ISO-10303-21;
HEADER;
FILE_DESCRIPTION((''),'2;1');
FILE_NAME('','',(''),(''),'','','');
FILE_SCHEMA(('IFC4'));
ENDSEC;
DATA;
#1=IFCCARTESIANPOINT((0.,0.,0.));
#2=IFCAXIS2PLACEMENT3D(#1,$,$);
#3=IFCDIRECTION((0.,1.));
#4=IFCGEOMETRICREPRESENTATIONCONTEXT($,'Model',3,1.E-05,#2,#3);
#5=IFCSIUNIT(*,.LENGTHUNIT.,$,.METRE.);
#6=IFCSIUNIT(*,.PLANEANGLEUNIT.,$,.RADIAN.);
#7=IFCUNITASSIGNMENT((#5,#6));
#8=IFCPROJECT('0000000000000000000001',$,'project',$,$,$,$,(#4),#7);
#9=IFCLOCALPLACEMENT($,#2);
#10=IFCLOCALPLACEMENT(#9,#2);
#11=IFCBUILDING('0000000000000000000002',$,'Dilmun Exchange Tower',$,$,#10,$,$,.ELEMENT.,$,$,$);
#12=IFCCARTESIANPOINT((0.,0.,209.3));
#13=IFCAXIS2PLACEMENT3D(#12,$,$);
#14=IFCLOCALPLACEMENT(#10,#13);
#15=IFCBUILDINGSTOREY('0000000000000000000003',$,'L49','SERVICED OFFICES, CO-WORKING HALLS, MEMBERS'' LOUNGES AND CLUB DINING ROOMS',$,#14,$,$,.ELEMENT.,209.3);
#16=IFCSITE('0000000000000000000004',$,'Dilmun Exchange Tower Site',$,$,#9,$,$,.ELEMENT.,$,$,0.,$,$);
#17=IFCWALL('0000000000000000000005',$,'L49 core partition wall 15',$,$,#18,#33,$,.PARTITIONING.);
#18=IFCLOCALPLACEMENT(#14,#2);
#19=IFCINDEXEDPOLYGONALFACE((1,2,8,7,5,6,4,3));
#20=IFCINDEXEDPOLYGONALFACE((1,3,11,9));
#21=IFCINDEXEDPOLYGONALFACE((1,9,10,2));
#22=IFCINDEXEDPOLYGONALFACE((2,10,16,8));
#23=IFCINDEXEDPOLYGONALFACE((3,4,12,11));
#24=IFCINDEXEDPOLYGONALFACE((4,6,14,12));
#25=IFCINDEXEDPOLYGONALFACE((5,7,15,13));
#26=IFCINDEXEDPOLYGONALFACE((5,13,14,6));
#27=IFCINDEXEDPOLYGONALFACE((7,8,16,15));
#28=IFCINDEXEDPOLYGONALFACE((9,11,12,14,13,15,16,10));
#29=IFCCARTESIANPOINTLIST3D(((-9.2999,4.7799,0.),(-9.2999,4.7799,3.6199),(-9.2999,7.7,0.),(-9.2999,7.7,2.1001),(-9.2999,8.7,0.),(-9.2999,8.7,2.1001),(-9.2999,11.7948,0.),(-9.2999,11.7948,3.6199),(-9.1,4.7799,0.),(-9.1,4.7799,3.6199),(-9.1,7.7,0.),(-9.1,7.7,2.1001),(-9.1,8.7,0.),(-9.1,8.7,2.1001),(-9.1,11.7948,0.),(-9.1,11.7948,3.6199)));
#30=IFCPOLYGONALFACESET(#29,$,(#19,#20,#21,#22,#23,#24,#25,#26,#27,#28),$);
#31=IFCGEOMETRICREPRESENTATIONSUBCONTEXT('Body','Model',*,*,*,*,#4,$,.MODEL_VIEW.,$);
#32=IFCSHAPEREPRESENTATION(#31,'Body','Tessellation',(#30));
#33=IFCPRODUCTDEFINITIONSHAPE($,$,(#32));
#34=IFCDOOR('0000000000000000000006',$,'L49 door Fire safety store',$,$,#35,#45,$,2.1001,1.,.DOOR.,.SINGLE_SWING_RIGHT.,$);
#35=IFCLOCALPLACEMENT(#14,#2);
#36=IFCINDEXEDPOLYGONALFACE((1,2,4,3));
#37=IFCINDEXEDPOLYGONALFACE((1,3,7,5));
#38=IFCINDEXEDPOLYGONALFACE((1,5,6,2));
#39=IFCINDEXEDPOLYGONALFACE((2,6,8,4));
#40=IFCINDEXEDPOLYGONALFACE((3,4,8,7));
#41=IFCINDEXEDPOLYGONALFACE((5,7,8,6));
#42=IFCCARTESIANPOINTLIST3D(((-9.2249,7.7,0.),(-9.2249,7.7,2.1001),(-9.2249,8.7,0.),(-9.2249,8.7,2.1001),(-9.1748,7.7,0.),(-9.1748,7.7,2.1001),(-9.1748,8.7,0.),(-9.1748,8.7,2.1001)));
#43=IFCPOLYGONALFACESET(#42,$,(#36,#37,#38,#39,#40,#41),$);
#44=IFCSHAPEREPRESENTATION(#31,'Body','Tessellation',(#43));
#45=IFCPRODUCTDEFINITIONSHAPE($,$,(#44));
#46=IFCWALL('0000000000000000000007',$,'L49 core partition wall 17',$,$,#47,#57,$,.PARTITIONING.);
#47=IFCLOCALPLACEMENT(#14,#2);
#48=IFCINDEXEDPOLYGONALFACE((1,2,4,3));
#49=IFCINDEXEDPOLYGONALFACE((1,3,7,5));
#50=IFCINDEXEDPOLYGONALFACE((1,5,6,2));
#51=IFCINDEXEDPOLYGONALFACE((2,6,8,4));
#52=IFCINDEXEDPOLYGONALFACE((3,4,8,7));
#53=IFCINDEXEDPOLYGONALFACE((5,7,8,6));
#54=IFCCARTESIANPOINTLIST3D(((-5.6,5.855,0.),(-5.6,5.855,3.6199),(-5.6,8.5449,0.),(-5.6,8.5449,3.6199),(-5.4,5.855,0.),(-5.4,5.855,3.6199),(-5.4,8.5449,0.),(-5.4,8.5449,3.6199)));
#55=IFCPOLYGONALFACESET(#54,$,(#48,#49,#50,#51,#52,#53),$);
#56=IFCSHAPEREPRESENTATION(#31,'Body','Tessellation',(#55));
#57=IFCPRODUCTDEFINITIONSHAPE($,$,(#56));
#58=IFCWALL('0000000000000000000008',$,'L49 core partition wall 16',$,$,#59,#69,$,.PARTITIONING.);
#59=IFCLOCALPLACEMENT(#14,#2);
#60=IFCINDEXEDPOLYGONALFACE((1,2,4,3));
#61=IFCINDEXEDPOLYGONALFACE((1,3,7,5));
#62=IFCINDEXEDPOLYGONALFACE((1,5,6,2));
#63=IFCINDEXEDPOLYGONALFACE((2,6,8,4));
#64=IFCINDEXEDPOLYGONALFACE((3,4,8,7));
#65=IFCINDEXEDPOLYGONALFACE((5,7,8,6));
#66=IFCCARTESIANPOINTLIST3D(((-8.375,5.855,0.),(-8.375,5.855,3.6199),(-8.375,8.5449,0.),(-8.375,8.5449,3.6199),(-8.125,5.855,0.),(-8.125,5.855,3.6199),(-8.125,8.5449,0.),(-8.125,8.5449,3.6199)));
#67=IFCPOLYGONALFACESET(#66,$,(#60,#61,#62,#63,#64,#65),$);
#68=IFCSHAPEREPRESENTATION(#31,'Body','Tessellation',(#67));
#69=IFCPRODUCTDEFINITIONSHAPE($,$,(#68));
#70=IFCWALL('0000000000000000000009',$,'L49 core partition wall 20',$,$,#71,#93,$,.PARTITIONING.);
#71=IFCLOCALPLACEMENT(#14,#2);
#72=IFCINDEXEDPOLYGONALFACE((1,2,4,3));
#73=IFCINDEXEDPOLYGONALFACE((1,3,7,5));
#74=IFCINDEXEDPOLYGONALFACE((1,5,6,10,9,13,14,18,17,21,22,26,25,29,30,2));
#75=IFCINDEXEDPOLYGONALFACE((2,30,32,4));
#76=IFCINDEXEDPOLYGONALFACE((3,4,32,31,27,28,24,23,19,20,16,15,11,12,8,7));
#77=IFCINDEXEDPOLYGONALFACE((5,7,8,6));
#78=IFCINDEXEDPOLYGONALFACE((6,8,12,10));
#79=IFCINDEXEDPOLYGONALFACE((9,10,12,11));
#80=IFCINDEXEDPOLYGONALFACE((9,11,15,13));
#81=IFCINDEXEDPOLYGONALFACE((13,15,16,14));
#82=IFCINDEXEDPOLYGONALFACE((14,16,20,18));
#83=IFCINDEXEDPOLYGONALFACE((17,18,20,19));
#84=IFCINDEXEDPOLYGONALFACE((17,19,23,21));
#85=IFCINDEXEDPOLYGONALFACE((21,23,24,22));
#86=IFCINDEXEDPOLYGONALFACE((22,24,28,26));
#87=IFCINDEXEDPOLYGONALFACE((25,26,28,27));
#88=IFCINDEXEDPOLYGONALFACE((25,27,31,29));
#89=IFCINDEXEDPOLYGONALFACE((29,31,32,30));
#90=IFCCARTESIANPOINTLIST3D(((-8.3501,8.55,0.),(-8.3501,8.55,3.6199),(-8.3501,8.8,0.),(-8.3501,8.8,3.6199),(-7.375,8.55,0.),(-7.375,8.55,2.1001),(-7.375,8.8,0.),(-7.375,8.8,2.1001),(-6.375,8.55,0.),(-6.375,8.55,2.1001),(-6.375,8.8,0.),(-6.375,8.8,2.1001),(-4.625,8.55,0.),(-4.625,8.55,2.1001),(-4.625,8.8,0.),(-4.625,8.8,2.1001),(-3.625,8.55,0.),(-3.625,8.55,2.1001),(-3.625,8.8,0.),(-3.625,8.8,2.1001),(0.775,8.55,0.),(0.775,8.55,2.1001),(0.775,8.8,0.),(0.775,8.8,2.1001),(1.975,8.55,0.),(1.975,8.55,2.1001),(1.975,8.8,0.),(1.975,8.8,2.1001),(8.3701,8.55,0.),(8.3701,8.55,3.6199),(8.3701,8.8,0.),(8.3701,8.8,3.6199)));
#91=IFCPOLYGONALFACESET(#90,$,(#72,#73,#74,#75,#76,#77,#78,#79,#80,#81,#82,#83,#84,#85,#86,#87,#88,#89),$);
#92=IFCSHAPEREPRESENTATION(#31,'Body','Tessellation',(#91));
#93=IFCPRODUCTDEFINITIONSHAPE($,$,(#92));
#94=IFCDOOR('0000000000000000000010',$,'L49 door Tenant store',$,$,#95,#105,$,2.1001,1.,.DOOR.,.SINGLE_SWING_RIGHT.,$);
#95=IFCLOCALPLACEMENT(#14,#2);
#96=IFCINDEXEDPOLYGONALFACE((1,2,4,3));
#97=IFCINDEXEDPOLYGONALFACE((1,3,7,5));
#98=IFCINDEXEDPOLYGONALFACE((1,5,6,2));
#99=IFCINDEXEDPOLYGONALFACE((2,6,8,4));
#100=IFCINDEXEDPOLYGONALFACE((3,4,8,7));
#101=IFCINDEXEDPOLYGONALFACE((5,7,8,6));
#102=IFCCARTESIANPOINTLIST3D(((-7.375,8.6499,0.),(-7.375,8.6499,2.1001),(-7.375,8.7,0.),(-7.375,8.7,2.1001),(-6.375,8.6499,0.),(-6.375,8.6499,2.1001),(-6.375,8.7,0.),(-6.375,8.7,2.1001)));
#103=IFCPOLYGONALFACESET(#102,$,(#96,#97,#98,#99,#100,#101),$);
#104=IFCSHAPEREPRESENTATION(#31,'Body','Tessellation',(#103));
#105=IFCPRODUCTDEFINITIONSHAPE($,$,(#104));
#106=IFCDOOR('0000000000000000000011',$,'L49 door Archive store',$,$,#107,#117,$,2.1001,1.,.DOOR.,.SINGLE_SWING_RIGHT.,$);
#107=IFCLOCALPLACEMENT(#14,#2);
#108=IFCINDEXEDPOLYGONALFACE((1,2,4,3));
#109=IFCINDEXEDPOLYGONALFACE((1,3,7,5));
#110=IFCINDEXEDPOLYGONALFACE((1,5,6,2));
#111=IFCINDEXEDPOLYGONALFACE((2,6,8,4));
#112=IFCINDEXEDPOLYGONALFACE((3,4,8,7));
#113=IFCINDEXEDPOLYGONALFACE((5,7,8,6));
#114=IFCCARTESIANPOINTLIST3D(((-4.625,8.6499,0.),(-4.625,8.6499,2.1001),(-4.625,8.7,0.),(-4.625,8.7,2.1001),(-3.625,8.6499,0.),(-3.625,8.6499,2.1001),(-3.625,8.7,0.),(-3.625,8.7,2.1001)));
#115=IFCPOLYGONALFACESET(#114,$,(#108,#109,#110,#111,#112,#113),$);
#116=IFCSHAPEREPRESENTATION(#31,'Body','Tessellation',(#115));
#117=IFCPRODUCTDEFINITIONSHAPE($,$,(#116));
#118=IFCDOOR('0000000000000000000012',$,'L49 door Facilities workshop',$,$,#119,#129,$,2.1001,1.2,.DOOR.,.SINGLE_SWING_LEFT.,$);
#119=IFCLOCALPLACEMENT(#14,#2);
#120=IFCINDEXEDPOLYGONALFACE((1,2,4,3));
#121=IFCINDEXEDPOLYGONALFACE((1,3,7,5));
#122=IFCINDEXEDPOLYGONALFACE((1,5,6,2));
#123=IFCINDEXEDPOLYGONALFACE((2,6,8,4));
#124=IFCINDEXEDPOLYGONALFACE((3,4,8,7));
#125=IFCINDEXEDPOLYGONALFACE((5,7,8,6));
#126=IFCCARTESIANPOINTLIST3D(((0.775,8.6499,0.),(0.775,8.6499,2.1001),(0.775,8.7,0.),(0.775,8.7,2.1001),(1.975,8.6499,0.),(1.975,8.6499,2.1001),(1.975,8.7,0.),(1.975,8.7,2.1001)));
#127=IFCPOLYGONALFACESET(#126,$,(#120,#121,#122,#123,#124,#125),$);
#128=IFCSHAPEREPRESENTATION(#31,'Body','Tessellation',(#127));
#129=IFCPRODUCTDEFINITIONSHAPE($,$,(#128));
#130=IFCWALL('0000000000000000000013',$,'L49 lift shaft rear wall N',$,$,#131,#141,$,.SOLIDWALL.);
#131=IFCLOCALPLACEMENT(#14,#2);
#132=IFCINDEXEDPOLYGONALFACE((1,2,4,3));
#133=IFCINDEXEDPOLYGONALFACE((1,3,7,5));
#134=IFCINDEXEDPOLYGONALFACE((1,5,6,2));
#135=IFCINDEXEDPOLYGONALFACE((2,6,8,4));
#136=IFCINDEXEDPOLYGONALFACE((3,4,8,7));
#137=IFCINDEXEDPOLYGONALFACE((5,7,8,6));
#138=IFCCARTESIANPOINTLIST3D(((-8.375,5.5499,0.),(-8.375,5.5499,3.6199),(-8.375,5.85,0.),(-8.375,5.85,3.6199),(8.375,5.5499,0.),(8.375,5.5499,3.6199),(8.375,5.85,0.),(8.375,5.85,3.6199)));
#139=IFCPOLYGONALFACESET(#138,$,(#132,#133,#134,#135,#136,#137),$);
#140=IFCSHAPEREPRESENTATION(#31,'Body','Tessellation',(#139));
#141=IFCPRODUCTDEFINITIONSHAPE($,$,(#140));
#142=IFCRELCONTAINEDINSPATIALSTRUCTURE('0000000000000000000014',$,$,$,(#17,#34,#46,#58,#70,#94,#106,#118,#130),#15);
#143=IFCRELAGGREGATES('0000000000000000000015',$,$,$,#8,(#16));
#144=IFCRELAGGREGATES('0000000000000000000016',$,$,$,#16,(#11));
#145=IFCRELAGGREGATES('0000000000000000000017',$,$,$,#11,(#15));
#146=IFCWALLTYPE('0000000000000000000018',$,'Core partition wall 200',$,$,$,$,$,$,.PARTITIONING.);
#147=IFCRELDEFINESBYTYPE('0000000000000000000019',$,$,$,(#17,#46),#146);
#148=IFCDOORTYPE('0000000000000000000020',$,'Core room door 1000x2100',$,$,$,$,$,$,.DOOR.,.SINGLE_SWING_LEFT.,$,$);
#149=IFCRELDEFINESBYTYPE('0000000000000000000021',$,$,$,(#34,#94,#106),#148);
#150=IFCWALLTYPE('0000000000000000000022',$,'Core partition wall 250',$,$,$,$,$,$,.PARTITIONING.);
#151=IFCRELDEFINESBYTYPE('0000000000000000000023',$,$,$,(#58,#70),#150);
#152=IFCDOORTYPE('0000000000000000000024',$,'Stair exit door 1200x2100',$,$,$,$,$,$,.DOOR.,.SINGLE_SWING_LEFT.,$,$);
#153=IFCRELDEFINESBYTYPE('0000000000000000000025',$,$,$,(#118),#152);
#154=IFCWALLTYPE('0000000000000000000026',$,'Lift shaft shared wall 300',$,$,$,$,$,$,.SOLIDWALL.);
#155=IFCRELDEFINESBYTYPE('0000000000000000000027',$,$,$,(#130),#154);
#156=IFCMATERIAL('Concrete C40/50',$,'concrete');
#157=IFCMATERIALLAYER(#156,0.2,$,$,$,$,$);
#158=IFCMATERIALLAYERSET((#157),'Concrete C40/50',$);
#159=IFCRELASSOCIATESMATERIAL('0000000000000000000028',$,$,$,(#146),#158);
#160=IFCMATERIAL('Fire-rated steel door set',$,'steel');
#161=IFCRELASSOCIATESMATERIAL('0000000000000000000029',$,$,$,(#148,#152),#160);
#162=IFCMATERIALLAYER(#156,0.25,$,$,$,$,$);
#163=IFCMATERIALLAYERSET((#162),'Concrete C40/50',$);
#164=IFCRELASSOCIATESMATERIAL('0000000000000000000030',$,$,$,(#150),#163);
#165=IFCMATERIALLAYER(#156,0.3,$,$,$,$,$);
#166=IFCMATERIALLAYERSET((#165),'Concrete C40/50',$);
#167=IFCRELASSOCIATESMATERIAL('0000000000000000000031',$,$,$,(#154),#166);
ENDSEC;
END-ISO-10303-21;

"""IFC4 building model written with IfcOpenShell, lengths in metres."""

from ifc_helpers import new_model, si_unit, direction, frame, frame_2d, origin, place, context, subcontext, project, spatial, rectangle, extrude, material, layer, layer_set, type_object, element, fill, save


model = new_model("IFC4")

# Units and contexts
model_context = context("Model", 3, precision=1e-05, world=origin(), true_north=direction((0.0, 1.0)))
body_context = subcontext(model_context, "Body", "Model", "MODEL_VIEW")
ifc_project = project(units=[si_unit("LENGTHUNIT", "METRE"), si_unit("PLANEANGLEUNIT", "RADIAN")], contexts=[model_context])

# Site, building, storey
site_placement = place(None, origin())
site = spatial("IfcSite", under=ifc_project, at=site_placement, Name="Dilmun Exchange Tower Site", CompositionType="ELEMENT", RefElevation=0.0)
building_placement = place(site_placement, origin())
building = spatial("IfcBuilding", under=site, at=building_placement, Name="Dilmun Exchange Tower", CompositionType="ELEMENT")
storey_placement = place(building_placement, frame((0.0, 0.0, 209.3)))
storey = spatial("IfcBuildingStorey", under=building, at=storey_placement, Name="L49", Description="SERVICED OFFICES, CO-WORKING HALLS, MEMBERS' LOUNGES AND CLUB DINING ROOMS", CompositionType="ELEMENT", Elevation=209.3)

# Wall, opening, door
ifc_material_1 = material(Name="Concrete C40/50", Category="concrete")
ifc_layer_1 = layer(ifc_material_1, 0.2)
ifc_layer_set_1 = layer_set([ifc_layer_1], Name="Concrete C40/50")
wall_type_1 = type_object("IfcWallType", Name="Core partition wall 200", PredefinedType="PARTITIONING", material=ifc_layer_set_1)
wall_1_placement = place(storey_placement, frame((-9.2, 4.78, 0.0), z_axis=(0.0, 0.0, 1.0), x_axis=(0.0, 1.0, 0.0)))
wall_1 = element("IfcWall", 1, at=wall_1_placement, inside=storey, type_object=wall_type_1, Name="L49 core partition wall 15", PredefinedType="PARTITIONING", context=body_context, shape_type="SweptSolid", body=[
    extrude(rectangle(XDim=7.0149, YDim=0.2, at=frame_2d((3.5073, 0.0))), origin(), (0.0, 0.0, 1.0), 3.6199),
])
opening_1_placement = place(wall_1_placement, frame((2.9199, 0.0, 0.0)))
opening_1 = element("IfcOpeningElement", 2, at=opening_1_placement, cuts=wall_1, PredefinedType="OPENING", context=body_context, shape_type="SweptSolid", body=[
    extrude(rectangle(XDim=1.0, YDim=2.1001, at=frame_2d((0.5, 1.05))), frame((0.0, 0.1099, 0.0), z_axis=(0.0, -1.0, 0.0), x_axis=(1.0, 0.0, 0.0)), (0.0, 0.0, 1.0), 0.22),
])
ifc_material_2 = material(Name="Fire-rated steel door set", Category="steel")
door_type_1 = type_object("IfcDoorType", Name="Core room door 1000x2100", OperationType="SINGLE_SWING_LEFT", PredefinedType="DOOR", material=ifc_material_2)
door_1_placement = place(opening_1_placement, origin())
door_1 = element("IfcDoor", 3, at=door_1_placement, inside=storey, type_object=door_type_1, Name="L49 door Fire safety store", OperationType="SINGLE_SWING_RIGHT", OverallHeight=2.1001, OverallWidth=1.0, PredefinedType="DOOR", context=body_context, shape_type="SweptSolid", body=[
    extrude(rectangle(XDim=1.0, YDim=2.1001, at=frame_2d((0.5, 1.05))), frame((0.0, 0.0249, 0.0), z_axis=(0.0, -1.0, 0.0), x_axis=(1.0, 0.0, 0.0)), (0.0, 0.0, 1.0), 0.05),
])
fill(opening_1, door_1)

# Walls
wall_2_placement = place(storey_placement, frame((-5.5, 5.855, 0.0), z_axis=(0.0, 0.0, 1.0), x_axis=(0.0, 1.0, 0.0)))
element("IfcWall", 4, at=wall_2_placement, inside=storey, type_object=wall_type_1, Name="L49 core partition wall 17", PredefinedType="PARTITIONING", context=body_context, shape_type="SweptSolid", body=[
    extrude(rectangle(XDim=2.6899, YDim=0.2, at=frame_2d((1.345, 0.0))), origin(), (0.0, 0.0, 1.0), 3.6199),
])
ifc_layer_2 = layer(ifc_material_1, 0.25)
ifc_layer_set_2 = layer_set([ifc_layer_2], Name="Concrete C40/50")
wall_type_2 = type_object("IfcWallType", Name="Core partition wall 250", PredefinedType="PARTITIONING", material=ifc_layer_set_2)
wall_3_placement = place(storey_placement, frame((-8.25, 5.855, 0.0), z_axis=(0.0, 0.0, 1.0), x_axis=(0.0, 1.0, 0.0)))
element("IfcWall", 5, at=wall_3_placement, inside=storey, type_object=wall_type_2, Name="L49 core partition wall 16", PredefinedType="PARTITIONING", context=body_context, shape_type="SweptSolid", body=[
    extrude(rectangle(XDim=2.6899, YDim=0.25, at=frame_2d((1.345, 0.0))), origin(), (0.0, 0.0, 1.0), 3.6199),
])

# Wall, openings, doors
wall_4_placement = place(storey_placement, frame((-8.3501, 8.675, 0.0), z_axis=(0.0, 0.0, 1.0), x_axis=(1.0, 0.0, 0.0)))
wall_4 = element("IfcWall", 6, at=wall_4_placement, inside=storey, type_object=wall_type_2, Name="L49 core partition wall 20", PredefinedType="PARTITIONING", context=body_context, shape_type="SweptSolid", body=[
    extrude(rectangle(XDim=16.7202, YDim=0.25, at=frame_2d((8.3601, 0.0))), origin(), (0.0, 0.0, 1.0), 3.6199),
])
opening_2_placement = place(wall_4_placement, frame((0.9751, 0.0, 0.0)))
opening_2 = element("IfcOpeningElement", 7, at=opening_2_placement, cuts=wall_4, PredefinedType="OPENING", context=body_context, shape_type="SweptSolid", body=[
    extrude(rectangle(XDim=1.0, YDim=2.1001, at=frame_2d((0.5, 1.05))), frame((0.0, 0.135, 0.0), z_axis=(0.0, -1.0, 0.0), x_axis=(1.0, 0.0, 0.0)), (0.0, 0.0, 1.0), 0.27),
])
opening_3_placement = place(wall_4_placement, frame((3.7251, 0.0, 0.0)))
opening_3 = element("IfcOpeningElement", 8, at=opening_3_placement, cuts=wall_4, PredefinedType="OPENING", context=body_context, shape_type="SweptSolid", body=[
    extrude(rectangle(XDim=1.0, YDim=2.1001, at=frame_2d((0.5, 1.05))), frame((0.0, 0.135, 0.0), z_axis=(0.0, -1.0, 0.0), x_axis=(1.0, 0.0, 0.0)), (0.0, 0.0, 1.0), 0.27),
])
opening_4_placement = place(wall_4_placement, frame((9.125, 0.0, 0.0)))
opening_4 = element("IfcOpeningElement", 9, at=opening_4_placement, cuts=wall_4, PredefinedType="OPENING", context=body_context, shape_type="SweptSolid", body=[
    extrude(rectangle(XDim=1.2, YDim=2.1001, at=frame_2d((0.6001, 1.05))), frame((0.0, 0.135, 0.0), z_axis=(0.0, -1.0, 0.0), x_axis=(1.0, 0.0, 0.0)), (0.0, 0.0, 1.0), 0.27),
])
door_2_placement = place(opening_2_placement, origin())
door_2 = element("IfcDoor", 10, at=door_2_placement, inside=storey, type_object=door_type_1, Name="L49 door Tenant store", OperationType="SINGLE_SWING_RIGHT", OverallHeight=2.1001, OverallWidth=1.0, PredefinedType="DOOR", context=body_context, shape_type="SweptSolid", body=[
    extrude(rectangle(XDim=1.0, YDim=2.1001, at=frame_2d((0.5, 1.05))), frame((0.0, 0.0249, 0.0), z_axis=(0.0, -1.0, 0.0), x_axis=(1.0, 0.0, 0.0)), (0.0, 0.0, 1.0), 0.05),
])
fill(opening_2, door_2)
door_3_placement = place(opening_3_placement, origin())
door_3 = element("IfcDoor", 11, at=door_3_placement, inside=storey, type_object=door_type_1, Name="L49 door Archive store", OperationType="SINGLE_SWING_RIGHT", OverallHeight=2.1001, OverallWidth=1.0, PredefinedType="DOOR", context=body_context, shape_type="SweptSolid", body=[
    extrude(rectangle(XDim=1.0, YDim=2.1001, at=frame_2d((0.5, 1.05))), frame((0.0, 0.0249, 0.0), z_axis=(0.0, -1.0, 0.0), x_axis=(1.0, 0.0, 0.0)), (0.0, 0.0, 1.0), 0.05),
])
fill(opening_3, door_3)
door_type_2 = type_object("IfcDoorType", Name="Stair exit door 1200x2100", OperationType="SINGLE_SWING_LEFT", PredefinedType="DOOR", material=ifc_material_2)
door_4_placement = place(opening_4_placement, origin())
door_4 = element("IfcDoor", 12, at=door_4_placement, inside=storey, type_object=door_type_2, Name="L49 door Facilities workshop", OperationType="SINGLE_SWING_LEFT", OverallHeight=2.1001, OverallWidth=1.2, PredefinedType="DOOR", context=body_context, shape_type="SweptSolid", body=[
    extrude(rectangle(XDim=1.2, YDim=2.1001, at=frame_2d((0.6001, 1.05))), frame((0.0, 0.0249, 0.0), z_axis=(0.0, -1.0, 0.0), x_axis=(1.0, 0.0, 0.0)), (0.0, 0.0, 1.0), 0.05),
])
fill(opening_4, door_4)

# Wall
ifc_layer_3 = layer(ifc_material_1, 0.3)
ifc_layer_set_3 = layer_set([ifc_layer_3], Name="Concrete C40/50")
wall_type_3 = type_object("IfcWallType", Name="Lift shaft shared wall 300", PredefinedType="SOLIDWALL", material=ifc_layer_set_3)
wall_5_placement = place(storey_placement, frame((-8.375, 5.7, 0.0), z_axis=(0.0, 0.0, 1.0), x_axis=(1.0, 0.0, 0.0)))
element("IfcWall", 13, at=wall_5_placement, inside=storey, type_object=wall_type_3, Name="L49 lift shaft rear wall N", PredefinedType="SOLIDWALL", context=body_context, shape_type="SweptSolid", body=[
    extrude(rectangle(XDim=16.75, YDim=0.3, at=frame_2d((8.375, 0.0))), origin(), (0.0, 0.0, 1.0), 3.6199),
])

save(model, "model.ifc")
